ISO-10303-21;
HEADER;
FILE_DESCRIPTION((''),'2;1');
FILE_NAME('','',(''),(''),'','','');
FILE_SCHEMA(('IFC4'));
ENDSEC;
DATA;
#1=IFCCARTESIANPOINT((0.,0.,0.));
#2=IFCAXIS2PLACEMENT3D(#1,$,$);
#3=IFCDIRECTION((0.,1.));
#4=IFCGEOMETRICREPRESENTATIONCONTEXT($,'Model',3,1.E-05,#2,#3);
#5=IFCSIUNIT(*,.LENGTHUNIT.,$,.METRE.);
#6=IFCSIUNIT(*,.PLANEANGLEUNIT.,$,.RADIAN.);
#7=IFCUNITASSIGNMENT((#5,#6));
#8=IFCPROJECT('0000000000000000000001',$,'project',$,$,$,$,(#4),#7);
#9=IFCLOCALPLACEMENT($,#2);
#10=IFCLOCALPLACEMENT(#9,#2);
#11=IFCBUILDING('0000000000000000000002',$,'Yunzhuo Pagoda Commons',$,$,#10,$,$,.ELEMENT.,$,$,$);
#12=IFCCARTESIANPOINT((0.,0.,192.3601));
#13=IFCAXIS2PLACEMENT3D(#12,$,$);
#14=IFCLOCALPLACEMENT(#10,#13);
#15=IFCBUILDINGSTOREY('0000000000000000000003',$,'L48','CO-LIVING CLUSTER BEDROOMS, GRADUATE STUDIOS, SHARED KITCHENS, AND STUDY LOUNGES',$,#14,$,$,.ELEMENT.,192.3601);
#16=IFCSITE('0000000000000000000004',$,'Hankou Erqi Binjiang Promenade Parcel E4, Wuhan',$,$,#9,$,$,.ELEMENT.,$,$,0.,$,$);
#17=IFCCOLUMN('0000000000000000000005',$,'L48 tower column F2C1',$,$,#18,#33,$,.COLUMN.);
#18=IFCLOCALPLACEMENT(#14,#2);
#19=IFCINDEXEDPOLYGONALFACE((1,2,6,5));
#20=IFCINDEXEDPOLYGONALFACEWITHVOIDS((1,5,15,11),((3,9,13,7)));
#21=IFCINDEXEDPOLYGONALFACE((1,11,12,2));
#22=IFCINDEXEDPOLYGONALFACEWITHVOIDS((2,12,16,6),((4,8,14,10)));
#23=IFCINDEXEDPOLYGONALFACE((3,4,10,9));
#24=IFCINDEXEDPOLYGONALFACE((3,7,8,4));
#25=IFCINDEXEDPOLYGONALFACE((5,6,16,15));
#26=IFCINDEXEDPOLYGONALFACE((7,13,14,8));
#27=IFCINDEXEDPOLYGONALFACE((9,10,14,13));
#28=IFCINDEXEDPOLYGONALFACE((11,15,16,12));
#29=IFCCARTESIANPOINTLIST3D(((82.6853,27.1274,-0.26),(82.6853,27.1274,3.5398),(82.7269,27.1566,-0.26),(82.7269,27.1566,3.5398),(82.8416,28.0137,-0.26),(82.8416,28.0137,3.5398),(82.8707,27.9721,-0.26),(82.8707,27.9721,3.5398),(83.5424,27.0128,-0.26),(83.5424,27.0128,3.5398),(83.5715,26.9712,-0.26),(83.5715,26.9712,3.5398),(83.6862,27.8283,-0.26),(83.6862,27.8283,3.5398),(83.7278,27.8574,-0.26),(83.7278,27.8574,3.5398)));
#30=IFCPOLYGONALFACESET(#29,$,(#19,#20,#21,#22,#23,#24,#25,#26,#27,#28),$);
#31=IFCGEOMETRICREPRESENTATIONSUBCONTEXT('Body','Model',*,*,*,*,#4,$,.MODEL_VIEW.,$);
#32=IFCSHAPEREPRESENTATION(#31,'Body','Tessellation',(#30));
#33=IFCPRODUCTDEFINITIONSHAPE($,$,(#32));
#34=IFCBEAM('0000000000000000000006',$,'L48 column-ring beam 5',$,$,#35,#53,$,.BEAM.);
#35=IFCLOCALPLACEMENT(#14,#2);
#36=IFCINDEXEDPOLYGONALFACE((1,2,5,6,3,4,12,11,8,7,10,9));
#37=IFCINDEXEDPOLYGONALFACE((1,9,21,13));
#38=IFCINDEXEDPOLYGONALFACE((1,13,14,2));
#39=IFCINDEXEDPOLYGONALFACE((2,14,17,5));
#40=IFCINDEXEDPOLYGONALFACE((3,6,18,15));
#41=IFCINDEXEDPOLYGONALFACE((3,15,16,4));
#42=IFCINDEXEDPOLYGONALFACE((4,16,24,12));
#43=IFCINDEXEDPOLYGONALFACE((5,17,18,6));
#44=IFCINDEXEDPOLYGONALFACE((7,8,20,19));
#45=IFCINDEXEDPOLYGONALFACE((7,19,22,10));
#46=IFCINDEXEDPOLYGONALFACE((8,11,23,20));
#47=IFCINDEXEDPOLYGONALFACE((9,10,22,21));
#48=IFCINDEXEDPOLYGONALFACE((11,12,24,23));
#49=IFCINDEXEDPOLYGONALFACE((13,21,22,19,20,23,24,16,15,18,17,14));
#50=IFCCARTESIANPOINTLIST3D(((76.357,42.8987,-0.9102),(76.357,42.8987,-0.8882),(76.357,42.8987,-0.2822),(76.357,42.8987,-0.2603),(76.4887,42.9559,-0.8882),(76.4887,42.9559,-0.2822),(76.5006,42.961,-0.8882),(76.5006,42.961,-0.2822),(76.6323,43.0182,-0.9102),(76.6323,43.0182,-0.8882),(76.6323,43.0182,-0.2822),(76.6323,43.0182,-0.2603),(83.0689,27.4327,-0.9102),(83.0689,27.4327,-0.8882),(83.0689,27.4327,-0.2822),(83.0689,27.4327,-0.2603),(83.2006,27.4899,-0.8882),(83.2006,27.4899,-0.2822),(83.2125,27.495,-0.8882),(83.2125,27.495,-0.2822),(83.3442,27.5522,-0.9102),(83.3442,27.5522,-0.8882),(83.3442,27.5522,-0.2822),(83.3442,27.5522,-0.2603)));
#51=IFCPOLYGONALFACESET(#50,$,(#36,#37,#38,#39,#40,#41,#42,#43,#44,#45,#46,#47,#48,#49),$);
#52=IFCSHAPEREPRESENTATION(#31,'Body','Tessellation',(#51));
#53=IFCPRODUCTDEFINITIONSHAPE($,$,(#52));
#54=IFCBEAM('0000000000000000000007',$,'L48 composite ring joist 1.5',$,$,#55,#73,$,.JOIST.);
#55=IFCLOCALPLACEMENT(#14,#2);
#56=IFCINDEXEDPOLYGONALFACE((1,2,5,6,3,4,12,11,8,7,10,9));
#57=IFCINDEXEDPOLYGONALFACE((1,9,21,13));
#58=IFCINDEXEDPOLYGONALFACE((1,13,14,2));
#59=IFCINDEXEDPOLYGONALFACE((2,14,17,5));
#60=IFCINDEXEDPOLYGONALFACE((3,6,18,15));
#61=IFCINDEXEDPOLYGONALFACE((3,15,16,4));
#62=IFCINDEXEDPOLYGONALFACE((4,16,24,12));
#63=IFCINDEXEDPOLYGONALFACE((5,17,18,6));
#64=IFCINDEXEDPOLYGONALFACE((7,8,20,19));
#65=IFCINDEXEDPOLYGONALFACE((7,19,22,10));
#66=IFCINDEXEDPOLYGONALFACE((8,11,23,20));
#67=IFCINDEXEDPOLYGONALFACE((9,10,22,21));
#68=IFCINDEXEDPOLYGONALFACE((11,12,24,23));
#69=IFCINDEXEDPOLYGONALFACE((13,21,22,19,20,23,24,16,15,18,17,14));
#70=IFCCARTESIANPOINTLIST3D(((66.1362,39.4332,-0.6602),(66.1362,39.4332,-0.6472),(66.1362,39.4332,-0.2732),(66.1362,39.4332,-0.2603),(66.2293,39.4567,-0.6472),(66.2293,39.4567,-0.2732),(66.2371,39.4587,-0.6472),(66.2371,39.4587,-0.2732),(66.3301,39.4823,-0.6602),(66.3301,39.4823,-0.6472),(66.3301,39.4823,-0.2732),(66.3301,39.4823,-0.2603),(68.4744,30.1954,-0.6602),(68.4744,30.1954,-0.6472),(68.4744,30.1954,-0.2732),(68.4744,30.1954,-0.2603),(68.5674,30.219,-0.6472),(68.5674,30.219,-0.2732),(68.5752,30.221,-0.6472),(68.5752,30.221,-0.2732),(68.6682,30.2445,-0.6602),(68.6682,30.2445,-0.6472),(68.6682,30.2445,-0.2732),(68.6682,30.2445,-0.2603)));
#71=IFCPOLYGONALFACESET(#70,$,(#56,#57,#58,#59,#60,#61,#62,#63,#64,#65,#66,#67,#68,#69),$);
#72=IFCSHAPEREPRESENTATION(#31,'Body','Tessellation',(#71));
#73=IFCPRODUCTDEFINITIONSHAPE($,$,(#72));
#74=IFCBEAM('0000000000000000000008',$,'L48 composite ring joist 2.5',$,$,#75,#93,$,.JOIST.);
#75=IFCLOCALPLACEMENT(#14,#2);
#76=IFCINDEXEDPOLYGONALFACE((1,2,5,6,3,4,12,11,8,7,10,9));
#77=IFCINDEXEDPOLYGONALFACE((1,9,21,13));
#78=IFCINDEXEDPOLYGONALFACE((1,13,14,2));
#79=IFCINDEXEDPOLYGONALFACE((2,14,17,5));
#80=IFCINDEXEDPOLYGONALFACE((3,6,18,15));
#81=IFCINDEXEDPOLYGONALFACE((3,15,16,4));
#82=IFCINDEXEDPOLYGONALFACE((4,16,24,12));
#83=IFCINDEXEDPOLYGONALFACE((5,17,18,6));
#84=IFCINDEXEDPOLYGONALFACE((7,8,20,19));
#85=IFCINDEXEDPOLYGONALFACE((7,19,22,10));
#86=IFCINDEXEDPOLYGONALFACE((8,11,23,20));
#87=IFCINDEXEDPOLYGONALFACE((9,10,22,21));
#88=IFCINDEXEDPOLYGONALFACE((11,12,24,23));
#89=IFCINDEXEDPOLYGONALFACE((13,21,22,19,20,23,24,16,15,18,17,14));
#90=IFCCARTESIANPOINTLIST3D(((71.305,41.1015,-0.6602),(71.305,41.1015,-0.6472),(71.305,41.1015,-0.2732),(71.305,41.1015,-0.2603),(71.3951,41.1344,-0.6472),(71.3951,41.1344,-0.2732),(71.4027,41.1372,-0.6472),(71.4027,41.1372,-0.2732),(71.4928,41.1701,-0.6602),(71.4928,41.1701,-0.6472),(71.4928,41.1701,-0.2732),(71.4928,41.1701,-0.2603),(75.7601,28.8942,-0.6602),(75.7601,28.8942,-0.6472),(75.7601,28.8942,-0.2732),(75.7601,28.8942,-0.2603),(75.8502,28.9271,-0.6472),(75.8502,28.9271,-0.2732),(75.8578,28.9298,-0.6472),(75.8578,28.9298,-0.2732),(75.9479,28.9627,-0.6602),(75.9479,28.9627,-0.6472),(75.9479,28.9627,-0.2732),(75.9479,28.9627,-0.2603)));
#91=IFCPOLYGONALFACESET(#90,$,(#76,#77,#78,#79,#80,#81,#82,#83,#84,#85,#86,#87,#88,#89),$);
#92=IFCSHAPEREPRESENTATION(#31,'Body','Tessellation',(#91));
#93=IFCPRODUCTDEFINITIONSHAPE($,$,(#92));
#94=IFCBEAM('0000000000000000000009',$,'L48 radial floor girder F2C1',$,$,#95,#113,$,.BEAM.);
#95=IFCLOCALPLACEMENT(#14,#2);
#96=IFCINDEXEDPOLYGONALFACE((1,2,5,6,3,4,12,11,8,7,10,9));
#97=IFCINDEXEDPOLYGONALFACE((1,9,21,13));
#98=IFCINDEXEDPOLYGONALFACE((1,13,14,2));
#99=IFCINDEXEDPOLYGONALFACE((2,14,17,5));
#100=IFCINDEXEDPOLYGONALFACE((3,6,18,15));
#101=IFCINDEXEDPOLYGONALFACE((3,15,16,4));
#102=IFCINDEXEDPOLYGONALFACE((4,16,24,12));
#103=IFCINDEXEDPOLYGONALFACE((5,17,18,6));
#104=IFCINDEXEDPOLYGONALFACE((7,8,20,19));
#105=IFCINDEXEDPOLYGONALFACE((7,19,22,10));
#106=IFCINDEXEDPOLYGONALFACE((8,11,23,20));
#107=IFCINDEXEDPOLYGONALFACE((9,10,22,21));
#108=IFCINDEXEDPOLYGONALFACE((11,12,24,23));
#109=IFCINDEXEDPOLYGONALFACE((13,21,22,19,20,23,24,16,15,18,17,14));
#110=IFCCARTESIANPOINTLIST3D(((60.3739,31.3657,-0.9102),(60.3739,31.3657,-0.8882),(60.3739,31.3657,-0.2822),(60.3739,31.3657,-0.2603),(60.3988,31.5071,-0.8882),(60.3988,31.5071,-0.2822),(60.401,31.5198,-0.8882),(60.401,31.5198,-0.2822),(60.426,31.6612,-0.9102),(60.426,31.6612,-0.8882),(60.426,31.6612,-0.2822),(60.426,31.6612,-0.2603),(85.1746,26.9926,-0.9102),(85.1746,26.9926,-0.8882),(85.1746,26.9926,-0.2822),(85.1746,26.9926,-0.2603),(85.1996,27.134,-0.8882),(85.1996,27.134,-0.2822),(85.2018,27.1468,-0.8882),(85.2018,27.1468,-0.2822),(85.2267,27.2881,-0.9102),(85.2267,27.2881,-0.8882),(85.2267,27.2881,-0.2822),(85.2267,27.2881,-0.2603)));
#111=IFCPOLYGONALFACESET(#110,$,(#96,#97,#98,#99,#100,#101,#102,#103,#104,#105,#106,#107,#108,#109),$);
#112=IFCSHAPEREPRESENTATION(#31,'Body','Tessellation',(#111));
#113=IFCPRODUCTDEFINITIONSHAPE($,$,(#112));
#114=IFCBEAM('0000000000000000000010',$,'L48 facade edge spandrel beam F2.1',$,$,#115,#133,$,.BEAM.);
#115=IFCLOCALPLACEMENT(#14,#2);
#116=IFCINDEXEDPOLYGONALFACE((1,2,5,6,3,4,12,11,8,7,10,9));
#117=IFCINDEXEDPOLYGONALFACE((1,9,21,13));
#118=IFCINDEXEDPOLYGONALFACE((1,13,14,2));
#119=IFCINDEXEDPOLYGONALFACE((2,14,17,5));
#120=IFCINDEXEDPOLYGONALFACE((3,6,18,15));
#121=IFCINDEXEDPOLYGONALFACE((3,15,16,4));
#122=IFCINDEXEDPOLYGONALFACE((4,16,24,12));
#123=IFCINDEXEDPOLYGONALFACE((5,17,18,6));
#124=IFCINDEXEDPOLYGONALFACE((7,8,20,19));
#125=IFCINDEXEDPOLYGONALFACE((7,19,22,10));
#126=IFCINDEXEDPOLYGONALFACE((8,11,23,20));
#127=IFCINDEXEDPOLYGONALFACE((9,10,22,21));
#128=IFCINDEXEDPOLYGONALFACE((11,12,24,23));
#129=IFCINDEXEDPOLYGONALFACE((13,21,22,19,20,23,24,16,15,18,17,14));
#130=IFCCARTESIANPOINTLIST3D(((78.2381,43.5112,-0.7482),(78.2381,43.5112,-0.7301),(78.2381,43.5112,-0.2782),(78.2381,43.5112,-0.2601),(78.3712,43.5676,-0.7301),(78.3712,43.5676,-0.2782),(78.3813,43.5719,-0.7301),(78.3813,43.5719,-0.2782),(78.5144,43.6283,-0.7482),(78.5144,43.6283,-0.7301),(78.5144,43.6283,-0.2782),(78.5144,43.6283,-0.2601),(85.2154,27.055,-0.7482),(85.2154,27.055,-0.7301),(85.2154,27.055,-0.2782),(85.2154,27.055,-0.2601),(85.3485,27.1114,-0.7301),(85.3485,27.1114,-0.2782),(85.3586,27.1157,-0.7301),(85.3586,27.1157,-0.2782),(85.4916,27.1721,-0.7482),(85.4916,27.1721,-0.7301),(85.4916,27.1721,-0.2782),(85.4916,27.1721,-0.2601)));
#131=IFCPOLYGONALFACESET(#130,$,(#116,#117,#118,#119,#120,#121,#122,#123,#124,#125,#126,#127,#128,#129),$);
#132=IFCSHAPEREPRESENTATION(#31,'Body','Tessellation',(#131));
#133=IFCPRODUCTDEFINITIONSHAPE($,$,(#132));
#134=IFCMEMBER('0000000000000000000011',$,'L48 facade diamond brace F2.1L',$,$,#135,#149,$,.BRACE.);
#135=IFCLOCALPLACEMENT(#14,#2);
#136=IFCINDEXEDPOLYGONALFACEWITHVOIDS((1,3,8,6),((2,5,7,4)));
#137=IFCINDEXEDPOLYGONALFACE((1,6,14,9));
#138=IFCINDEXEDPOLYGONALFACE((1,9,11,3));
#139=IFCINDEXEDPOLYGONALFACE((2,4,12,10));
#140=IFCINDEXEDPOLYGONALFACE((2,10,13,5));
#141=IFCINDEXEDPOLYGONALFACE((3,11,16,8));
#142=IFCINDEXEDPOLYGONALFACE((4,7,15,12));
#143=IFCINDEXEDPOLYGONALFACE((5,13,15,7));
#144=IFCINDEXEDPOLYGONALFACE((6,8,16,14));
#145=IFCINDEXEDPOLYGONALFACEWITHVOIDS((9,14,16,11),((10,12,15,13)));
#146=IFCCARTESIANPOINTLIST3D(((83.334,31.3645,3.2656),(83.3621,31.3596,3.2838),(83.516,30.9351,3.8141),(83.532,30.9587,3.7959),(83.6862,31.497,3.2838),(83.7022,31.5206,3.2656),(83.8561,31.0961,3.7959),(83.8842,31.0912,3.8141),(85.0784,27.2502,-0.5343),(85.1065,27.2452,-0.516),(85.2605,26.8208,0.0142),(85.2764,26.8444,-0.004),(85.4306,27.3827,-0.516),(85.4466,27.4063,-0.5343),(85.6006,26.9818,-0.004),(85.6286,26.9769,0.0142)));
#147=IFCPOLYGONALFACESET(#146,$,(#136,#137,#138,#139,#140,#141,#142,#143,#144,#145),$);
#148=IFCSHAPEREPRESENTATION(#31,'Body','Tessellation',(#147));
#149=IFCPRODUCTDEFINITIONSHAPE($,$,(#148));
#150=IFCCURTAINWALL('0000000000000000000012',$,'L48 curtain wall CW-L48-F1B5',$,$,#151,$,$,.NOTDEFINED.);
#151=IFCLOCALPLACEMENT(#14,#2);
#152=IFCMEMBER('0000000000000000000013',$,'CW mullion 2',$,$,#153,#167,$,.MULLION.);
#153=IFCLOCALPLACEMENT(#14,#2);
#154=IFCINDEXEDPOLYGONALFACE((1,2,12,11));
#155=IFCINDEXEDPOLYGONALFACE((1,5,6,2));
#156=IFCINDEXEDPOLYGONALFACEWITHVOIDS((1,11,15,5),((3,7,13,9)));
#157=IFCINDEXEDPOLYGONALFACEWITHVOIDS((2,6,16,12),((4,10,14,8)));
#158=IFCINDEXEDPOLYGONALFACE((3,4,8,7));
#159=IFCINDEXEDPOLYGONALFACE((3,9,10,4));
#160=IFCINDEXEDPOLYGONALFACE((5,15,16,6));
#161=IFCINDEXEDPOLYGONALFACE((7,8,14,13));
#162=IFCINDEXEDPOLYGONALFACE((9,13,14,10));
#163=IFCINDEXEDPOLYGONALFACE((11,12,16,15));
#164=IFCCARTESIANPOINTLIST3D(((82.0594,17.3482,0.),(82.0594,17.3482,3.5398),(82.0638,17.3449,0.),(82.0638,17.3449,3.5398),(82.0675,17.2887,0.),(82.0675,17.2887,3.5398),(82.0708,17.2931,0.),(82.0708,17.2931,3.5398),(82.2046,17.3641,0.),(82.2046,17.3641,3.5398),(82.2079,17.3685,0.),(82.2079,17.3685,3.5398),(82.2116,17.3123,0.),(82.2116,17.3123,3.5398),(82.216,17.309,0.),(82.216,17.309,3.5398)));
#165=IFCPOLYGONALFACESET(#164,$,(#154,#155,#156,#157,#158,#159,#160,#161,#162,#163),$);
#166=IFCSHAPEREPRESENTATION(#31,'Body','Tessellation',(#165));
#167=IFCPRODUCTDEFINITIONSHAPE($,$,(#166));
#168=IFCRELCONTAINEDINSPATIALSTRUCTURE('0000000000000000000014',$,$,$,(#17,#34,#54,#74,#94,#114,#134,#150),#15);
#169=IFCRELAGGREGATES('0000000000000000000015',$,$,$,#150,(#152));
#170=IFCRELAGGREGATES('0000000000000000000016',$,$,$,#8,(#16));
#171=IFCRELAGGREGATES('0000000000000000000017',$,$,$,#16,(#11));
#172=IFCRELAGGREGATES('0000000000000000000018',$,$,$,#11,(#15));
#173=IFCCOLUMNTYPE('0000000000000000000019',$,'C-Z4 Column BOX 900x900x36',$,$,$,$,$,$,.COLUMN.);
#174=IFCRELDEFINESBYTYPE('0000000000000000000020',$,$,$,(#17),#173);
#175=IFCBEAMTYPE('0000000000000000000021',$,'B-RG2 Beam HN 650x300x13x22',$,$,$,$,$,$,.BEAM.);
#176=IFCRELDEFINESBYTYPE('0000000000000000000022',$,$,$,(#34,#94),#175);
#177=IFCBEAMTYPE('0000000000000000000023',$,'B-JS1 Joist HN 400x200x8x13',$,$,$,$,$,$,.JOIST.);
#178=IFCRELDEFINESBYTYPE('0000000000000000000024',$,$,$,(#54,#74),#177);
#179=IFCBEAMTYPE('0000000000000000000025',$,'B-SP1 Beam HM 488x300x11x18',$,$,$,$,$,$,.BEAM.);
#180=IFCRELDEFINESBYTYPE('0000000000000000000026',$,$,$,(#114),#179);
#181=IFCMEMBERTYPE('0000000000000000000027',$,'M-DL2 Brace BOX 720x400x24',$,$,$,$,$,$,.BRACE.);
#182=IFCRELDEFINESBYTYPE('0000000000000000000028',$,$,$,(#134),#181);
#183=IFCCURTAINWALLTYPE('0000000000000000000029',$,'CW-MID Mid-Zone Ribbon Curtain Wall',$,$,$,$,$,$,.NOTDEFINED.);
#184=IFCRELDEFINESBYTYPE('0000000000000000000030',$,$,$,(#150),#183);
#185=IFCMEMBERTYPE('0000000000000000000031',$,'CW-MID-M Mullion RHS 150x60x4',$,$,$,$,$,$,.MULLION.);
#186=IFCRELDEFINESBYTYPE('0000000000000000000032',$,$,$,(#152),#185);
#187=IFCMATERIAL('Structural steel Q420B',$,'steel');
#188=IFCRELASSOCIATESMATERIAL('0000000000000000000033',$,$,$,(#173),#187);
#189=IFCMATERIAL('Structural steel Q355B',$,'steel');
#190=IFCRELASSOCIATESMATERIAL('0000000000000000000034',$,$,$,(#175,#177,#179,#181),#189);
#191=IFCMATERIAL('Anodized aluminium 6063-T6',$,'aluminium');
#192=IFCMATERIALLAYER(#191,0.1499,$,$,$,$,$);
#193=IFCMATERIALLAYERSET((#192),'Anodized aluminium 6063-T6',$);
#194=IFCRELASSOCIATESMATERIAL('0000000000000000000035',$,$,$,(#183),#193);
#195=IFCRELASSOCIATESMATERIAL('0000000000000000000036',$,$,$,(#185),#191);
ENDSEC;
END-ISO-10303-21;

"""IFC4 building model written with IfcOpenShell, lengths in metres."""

from ifc_helpers import new_model, si_unit, direction, frame, origin, origin_2d, place, context, subcontext, project, spatial, hollow_rectangle, i_section, extrude, source, transform, mapped, material, layer, layer_set, material_profile, profile_set, type_object, element, aggregate, save


model = new_model("IFC4")

# Units and contexts
model_context = context("Model", 3, precision=1e-05, world=origin(), true_north=direction((0.0, 1.0)))
body_context = subcontext(model_context, "Body", "Model", "MODEL_VIEW")
ifc_project = project(units=[si_unit("LENGTHUNIT", "METRE"), si_unit("PLANEANGLEUNIT", "RADIAN")], contexts=[model_context])

# Site, building, storey
site_placement = place(None, origin())
site = spatial("IfcSite", under=ifc_project, at=site_placement, Name="Hankou Erqi Binjiang Promenade Parcel E4, Wuhan", CompositionType="ELEMENT", RefElevation=0.0)
building_placement = place(site_placement, origin())
building = spatial("IfcBuilding", under=site, at=building_placement, Name="Yunzhuo Pagoda Commons", CompositionType="ELEMENT")
storey_placement = place(building_placement, frame((0.0, 0.0, 192.3601)))
storey = spatial("IfcBuildingStorey", under=building, at=storey_placement, Name="L48", Description="CO-LIVING CLUSTER BEDROOMS, GRADUATE STUDIOS, SHARED KITCHENS, AND STUDY LOUNGES", CompositionType="ELEMENT", Elevation=192.3601)

# Column
ifc_material_1 = material(Name="Structural steel Q420B", Category="steel")
ifc_material_profile_1 = material_profile(ifc_material_1, hollow_rectangle(XDim=0.8999, YDim=0.8999, WallThickness=0.0359, at=origin_2d()), Name="Structural steel Q420B")
ifc_profile_set_1 = profile_set([ifc_material_profile_1], Name="Structural steel Q420B")
column_type = type_object("IfcColumnType", Name="C-Z4 Column BOX 900x900x36", PredefinedType="COLUMN", material=ifc_profile_set_1)
shared_shape_1 = source(origin(), body_context, "Body", "SweptSolid", [
    extrude(hollow_rectangle(XDim=0.8999, YDim=0.8999, WallThickness=0.0359, at=origin_2d()), origin(), (0.0, 0.0, 1.0), 3.7998),
])
column_placement = place(storey_placement, frame((83.2065, 27.4924, -0.26), z_axis=(0.0, 0.0, 1.0), x_axis=(0.173648, 0.984808, 0.0)))
element("IfcColumn", 1, at=column_placement, inside=storey, type_object=column_type, Name="L48 tower column F2C1", PredefinedType="COLUMN", context=body_context, shape_type="MappedRepresentation", body=[
    mapped(shared_shape_1, transform((0.0, 0.0, 0.0), scale=1.0)),
])

# Beams
ifc_material_2 = material(Name="Structural steel Q355B", Category="steel")
ifc_material_profile_2 = material_profile(ifc_material_2, i_section(OverallWidth=0.3, OverallDepth=0.6499, WebThickness=0.0129, FlangeThickness=0.022, at=origin_2d()), Name="Structural steel Q355B")
ifc_profile_set_2 = profile_set([ifc_material_profile_2], Name="Structural steel Q355B")
beam_type_1 = type_object("IfcBeamType", Name="B-RG2 Beam HN 650x300x13x22", PredefinedType="BEAM", material=ifc_profile_set_2)
shared_shape_2 = source(origin(), body_context, "Body", "SweptSolid", [
    extrude(i_section(OverallWidth=0.3, OverallDepth=0.6499, WebThickness=0.0129, FlangeThickness=0.022, at=origin_2d()), origin(), (0.0, 0.0, 1.0), 16.8596),
])
beam_1_placement = place(storey_placement, frame((83.2065, 27.4924, -0.5852), z_axis=(-0.398104, 0.91734, 0.0), x_axis=(-0.91734, -0.398104, 0.0)))
element("IfcBeam", 2, at=beam_1_placement, inside=storey, type_object=beam_type_1, Name="L48 column-ring beam 5", PredefinedType="BEAM", context=body_context, shape_type="MappedRepresentation", body=[
    mapped(shared_shape_2, transform((0.0, 0.0, 0.0), scale=1.0)),
])
ifc_material_profile_3 = material_profile(ifc_material_2, i_section(OverallWidth=0.2, OverallDepth=0.3999, WebThickness=0.0081, FlangeThickness=0.0129, at=origin_2d()), Name="Structural steel Q355B")
ifc_profile_set_3 = profile_set([ifc_material_profile_3], Name="Structural steel Q355B")
beam_type_2 = type_object("IfcBeamType", Name="B-JS1 Joist HN 400x200x8x13", PredefinedType="JOIST", material=ifc_profile_set_3)
shared_shape_3 = source(origin(), body_context, "Body", "SweptSolid", [
    extrude(i_section(OverallWidth=0.2, OverallDepth=0.3999, WebThickness=0.0081, FlangeThickness=0.0129, at=origin_2d()), origin(), (0.0, 0.0, 1.0), 9.5291),
])
beam_2_placement = place(storey_placement, frame((68.5713, 30.22, -0.4602), z_axis=(-0.245368, 0.96943, 0.0), x_axis=(-0.96943, -0.245368, 0.0)))
element("IfcBeam", 3, at=beam_2_placement, inside=storey, type_object=beam_type_2, Name="L48 composite ring joist 1.5", PredefinedType="JOIST", context=body_context, shape_type="MappedRepresentation", body=[
    mapped(shared_shape_3, transform((0.0, 0.0, 0.0), scale=1.0)),
])
shared_shape_4 = source(origin(), body_context, "Body", "SweptSolid", [
    extrude(i_section(OverallWidth=0.2, OverallDepth=0.3999, WebThickness=0.0081, FlangeThickness=0.0129, at=origin_2d()), origin(), (0.0, 0.0, 1.0), 12.9949),
])
beam_3_placement = place(storey_placement, frame((75.854, 28.9285, -0.4602), z_axis=(-0.342835, 0.939396, 0.0), x_axis=(-0.939396, -0.342835, 0.0)))
element("IfcBeam", 4, at=beam_3_placement, inside=storey, type_object=beam_type_2, Name="L48 composite ring joist 2.5", PredefinedType="JOIST", context=body_context, shape_type="MappedRepresentation", body=[
    mapped(shared_shape_4, transform((0.0, 0.0, 0.0), scale=1.0)),
])
shared_shape_5 = source(origin(), body_context, "Body", "SweptSolid", [
    extrude(i_section(OverallWidth=0.3, OverallDepth=0.6499, WebThickness=0.0129, FlangeThickness=0.022, at=origin_2d()), origin(), (0.0, 0.0, 1.0), 25.1833),
])
beam_4_placement = place(storey_placement, frame((85.2007, 27.1404, -0.5852), z_axis=(-0.984808, 0.173648, 0.0), x_axis=(-0.173648, -0.984808, 0.0)))
element("IfcBeam", 5, at=beam_4_placement, inside=storey, type_object=beam_type_1, Name="L48 radial floor girder F2C1", PredefinedType="BEAM", context=body_context, shape_type="MappedRepresentation", body=[
    mapped(shared_shape_5, transform((0.0, 0.0, 0.0), scale=1.0)),
])
ifc_material_profile_4 = material_profile(ifc_material_2, i_section(OverallWidth=0.3, OverallDepth=0.488, WebThickness=0.011, FlangeThickness=0.0181, at=origin_2d()), Name="Structural steel Q355B")
ifc_profile_set_4 = profile_set([ifc_material_profile_4], Name="Structural steel Q355B")
beam_type_3 = type_object("IfcBeamType", Name="B-SP1 Beam HM 488x300x11x18", PredefinedType="BEAM", material=ifc_profile_set_4)
shared_shape_6 = source(origin(), body_context, "Body", "SweptSolid", [
    extrude(i_section(OverallWidth=0.3, OverallDepth=0.488, WebThickness=0.011, FlangeThickness=0.0181, at=origin_2d()), origin(), (0.0, 0.0, 1.0), 17.8743),
])
beam_5_placement = place(storey_placement, frame((85.3535, 27.1135, -0.5042), z_axis=(-0.390352, 0.920666, 0.0), x_axis=(-0.920666, -0.390352, 0.0)))
element("IfcBeam", 6, at=beam_5_placement, inside=storey, type_object=beam_type_3, Name="L48 facade edge spandrel beam F2.1", PredefinedType="BEAM", context=body_context, shape_type="MappedRepresentation", body=[
    mapped(shared_shape_6, transform((0.0, 0.0, 0.0), scale=1.0)),
])

# Member
ifc_material_profile_5 = material_profile(ifc_material_2, hollow_rectangle(XDim=0.3999, YDim=0.72, WallThickness=0.0239, at=origin_2d()), Name="Structural steel Q355B")
ifc_profile_set_5 = profile_set([ifc_material_profile_5], Name="Structural steel Q355B")
member_type_1 = type_object("IfcMemberType", Name="M-DL2 Brace BOX 720x400x24", PredefinedType="BRACE", material=ifc_profile_set_5)
shared_shape_7 = source(origin(), body_context, "Body", "SweptSolid", [
    extrude(hollow_rectangle(XDim=0.3999, YDim=0.72, WallThickness=0.0239, at=origin_2d()), origin(), (0.0, 0.0, 1.0), 5.866),
])
member_1_placement = place(storey_placement, frame((85.3535, 27.1135, -0.26), z_axis=(-0.297378, 0.701388, 0.647781), x_axis=(-0.920667, -0.390349, 0.0)))
element("IfcMember", 7, at=member_1_placement, inside=storey, type_object=member_type_1, Name="L48 facade diamond brace F2.1L", PredefinedType="BRACE", context=body_context, shape_type="MappedRepresentation", body=[
    mapped(shared_shape_7, transform((0.0, 0.0, 0.0), scale=1.0)),
])

# Curtain wall, member
ifc_material_3 = material(Name="Anodized aluminium 6063-T6", Category="aluminium")
ifc_layer_1 = layer(ifc_material_3, 0.1499)
ifc_layer_set_1 = layer_set([ifc_layer_1], Name="Anodized aluminium 6063-T6")
curtain_wall_type = type_object("IfcCurtainWallType", Name="CW-MID Mid-Zone Ribbon Curtain Wall", PredefinedType="NOTDEFINED", material=ifc_layer_set_1)
curtain_wall_1_placement = place(storey_placement, origin())
curtain_wall_1 = element("IfcCurtainWall", 8, at=curtain_wall_1_placement, inside=storey, type_object=curtain_wall_type, Name="L48 curtain wall CW-L48-F1B5", PredefinedType="NOTDEFINED")
ifc_material_profile_6 = material_profile(ifc_material_3, hollow_rectangle(XDim=0.0601, YDim=0.1499, WallThickness=0.0039, at=origin_2d()), Name="Anodized aluminium 6063-T6")
ifc_profile_set_6 = profile_set([ifc_material_profile_6], Name="Anodized aluminium 6063-T6")
member_type_2 = type_object("IfcMemberType", Name="CW-MID-M Mullion RHS 150x60x4", PredefinedType="MULLION", material=ifc_profile_set_6)
shared_shape_8 = source(origin(), body_context, "Body", "SweptSolid", [
    extrude(hollow_rectangle(XDim=0.0601, YDim=0.1499, WallThickness=0.0039, at=origin_2d()), origin(), (0.0, 0.0, 1.0), 3.5398),
])
member_2_placement = place(storey_placement, frame((82.1377, 17.3286, 0.0), z_axis=(0.0, 0.0, 1.0), x_axis=(-0.135312, 0.990803, 0.0)))
member_2 = element("IfcMember", 9, at=member_2_placement, type_object=member_type_2, Name="CW mullion 2", PredefinedType="MULLION", context=body_context, shape_type="MappedRepresentation", body=[
    mapped(shared_shape_8, transform((0.0, 0.0, 0.0), scale=1.0)),
])

aggregate(curtain_wall_1, [member_2])

save(model, "model.ifc")
